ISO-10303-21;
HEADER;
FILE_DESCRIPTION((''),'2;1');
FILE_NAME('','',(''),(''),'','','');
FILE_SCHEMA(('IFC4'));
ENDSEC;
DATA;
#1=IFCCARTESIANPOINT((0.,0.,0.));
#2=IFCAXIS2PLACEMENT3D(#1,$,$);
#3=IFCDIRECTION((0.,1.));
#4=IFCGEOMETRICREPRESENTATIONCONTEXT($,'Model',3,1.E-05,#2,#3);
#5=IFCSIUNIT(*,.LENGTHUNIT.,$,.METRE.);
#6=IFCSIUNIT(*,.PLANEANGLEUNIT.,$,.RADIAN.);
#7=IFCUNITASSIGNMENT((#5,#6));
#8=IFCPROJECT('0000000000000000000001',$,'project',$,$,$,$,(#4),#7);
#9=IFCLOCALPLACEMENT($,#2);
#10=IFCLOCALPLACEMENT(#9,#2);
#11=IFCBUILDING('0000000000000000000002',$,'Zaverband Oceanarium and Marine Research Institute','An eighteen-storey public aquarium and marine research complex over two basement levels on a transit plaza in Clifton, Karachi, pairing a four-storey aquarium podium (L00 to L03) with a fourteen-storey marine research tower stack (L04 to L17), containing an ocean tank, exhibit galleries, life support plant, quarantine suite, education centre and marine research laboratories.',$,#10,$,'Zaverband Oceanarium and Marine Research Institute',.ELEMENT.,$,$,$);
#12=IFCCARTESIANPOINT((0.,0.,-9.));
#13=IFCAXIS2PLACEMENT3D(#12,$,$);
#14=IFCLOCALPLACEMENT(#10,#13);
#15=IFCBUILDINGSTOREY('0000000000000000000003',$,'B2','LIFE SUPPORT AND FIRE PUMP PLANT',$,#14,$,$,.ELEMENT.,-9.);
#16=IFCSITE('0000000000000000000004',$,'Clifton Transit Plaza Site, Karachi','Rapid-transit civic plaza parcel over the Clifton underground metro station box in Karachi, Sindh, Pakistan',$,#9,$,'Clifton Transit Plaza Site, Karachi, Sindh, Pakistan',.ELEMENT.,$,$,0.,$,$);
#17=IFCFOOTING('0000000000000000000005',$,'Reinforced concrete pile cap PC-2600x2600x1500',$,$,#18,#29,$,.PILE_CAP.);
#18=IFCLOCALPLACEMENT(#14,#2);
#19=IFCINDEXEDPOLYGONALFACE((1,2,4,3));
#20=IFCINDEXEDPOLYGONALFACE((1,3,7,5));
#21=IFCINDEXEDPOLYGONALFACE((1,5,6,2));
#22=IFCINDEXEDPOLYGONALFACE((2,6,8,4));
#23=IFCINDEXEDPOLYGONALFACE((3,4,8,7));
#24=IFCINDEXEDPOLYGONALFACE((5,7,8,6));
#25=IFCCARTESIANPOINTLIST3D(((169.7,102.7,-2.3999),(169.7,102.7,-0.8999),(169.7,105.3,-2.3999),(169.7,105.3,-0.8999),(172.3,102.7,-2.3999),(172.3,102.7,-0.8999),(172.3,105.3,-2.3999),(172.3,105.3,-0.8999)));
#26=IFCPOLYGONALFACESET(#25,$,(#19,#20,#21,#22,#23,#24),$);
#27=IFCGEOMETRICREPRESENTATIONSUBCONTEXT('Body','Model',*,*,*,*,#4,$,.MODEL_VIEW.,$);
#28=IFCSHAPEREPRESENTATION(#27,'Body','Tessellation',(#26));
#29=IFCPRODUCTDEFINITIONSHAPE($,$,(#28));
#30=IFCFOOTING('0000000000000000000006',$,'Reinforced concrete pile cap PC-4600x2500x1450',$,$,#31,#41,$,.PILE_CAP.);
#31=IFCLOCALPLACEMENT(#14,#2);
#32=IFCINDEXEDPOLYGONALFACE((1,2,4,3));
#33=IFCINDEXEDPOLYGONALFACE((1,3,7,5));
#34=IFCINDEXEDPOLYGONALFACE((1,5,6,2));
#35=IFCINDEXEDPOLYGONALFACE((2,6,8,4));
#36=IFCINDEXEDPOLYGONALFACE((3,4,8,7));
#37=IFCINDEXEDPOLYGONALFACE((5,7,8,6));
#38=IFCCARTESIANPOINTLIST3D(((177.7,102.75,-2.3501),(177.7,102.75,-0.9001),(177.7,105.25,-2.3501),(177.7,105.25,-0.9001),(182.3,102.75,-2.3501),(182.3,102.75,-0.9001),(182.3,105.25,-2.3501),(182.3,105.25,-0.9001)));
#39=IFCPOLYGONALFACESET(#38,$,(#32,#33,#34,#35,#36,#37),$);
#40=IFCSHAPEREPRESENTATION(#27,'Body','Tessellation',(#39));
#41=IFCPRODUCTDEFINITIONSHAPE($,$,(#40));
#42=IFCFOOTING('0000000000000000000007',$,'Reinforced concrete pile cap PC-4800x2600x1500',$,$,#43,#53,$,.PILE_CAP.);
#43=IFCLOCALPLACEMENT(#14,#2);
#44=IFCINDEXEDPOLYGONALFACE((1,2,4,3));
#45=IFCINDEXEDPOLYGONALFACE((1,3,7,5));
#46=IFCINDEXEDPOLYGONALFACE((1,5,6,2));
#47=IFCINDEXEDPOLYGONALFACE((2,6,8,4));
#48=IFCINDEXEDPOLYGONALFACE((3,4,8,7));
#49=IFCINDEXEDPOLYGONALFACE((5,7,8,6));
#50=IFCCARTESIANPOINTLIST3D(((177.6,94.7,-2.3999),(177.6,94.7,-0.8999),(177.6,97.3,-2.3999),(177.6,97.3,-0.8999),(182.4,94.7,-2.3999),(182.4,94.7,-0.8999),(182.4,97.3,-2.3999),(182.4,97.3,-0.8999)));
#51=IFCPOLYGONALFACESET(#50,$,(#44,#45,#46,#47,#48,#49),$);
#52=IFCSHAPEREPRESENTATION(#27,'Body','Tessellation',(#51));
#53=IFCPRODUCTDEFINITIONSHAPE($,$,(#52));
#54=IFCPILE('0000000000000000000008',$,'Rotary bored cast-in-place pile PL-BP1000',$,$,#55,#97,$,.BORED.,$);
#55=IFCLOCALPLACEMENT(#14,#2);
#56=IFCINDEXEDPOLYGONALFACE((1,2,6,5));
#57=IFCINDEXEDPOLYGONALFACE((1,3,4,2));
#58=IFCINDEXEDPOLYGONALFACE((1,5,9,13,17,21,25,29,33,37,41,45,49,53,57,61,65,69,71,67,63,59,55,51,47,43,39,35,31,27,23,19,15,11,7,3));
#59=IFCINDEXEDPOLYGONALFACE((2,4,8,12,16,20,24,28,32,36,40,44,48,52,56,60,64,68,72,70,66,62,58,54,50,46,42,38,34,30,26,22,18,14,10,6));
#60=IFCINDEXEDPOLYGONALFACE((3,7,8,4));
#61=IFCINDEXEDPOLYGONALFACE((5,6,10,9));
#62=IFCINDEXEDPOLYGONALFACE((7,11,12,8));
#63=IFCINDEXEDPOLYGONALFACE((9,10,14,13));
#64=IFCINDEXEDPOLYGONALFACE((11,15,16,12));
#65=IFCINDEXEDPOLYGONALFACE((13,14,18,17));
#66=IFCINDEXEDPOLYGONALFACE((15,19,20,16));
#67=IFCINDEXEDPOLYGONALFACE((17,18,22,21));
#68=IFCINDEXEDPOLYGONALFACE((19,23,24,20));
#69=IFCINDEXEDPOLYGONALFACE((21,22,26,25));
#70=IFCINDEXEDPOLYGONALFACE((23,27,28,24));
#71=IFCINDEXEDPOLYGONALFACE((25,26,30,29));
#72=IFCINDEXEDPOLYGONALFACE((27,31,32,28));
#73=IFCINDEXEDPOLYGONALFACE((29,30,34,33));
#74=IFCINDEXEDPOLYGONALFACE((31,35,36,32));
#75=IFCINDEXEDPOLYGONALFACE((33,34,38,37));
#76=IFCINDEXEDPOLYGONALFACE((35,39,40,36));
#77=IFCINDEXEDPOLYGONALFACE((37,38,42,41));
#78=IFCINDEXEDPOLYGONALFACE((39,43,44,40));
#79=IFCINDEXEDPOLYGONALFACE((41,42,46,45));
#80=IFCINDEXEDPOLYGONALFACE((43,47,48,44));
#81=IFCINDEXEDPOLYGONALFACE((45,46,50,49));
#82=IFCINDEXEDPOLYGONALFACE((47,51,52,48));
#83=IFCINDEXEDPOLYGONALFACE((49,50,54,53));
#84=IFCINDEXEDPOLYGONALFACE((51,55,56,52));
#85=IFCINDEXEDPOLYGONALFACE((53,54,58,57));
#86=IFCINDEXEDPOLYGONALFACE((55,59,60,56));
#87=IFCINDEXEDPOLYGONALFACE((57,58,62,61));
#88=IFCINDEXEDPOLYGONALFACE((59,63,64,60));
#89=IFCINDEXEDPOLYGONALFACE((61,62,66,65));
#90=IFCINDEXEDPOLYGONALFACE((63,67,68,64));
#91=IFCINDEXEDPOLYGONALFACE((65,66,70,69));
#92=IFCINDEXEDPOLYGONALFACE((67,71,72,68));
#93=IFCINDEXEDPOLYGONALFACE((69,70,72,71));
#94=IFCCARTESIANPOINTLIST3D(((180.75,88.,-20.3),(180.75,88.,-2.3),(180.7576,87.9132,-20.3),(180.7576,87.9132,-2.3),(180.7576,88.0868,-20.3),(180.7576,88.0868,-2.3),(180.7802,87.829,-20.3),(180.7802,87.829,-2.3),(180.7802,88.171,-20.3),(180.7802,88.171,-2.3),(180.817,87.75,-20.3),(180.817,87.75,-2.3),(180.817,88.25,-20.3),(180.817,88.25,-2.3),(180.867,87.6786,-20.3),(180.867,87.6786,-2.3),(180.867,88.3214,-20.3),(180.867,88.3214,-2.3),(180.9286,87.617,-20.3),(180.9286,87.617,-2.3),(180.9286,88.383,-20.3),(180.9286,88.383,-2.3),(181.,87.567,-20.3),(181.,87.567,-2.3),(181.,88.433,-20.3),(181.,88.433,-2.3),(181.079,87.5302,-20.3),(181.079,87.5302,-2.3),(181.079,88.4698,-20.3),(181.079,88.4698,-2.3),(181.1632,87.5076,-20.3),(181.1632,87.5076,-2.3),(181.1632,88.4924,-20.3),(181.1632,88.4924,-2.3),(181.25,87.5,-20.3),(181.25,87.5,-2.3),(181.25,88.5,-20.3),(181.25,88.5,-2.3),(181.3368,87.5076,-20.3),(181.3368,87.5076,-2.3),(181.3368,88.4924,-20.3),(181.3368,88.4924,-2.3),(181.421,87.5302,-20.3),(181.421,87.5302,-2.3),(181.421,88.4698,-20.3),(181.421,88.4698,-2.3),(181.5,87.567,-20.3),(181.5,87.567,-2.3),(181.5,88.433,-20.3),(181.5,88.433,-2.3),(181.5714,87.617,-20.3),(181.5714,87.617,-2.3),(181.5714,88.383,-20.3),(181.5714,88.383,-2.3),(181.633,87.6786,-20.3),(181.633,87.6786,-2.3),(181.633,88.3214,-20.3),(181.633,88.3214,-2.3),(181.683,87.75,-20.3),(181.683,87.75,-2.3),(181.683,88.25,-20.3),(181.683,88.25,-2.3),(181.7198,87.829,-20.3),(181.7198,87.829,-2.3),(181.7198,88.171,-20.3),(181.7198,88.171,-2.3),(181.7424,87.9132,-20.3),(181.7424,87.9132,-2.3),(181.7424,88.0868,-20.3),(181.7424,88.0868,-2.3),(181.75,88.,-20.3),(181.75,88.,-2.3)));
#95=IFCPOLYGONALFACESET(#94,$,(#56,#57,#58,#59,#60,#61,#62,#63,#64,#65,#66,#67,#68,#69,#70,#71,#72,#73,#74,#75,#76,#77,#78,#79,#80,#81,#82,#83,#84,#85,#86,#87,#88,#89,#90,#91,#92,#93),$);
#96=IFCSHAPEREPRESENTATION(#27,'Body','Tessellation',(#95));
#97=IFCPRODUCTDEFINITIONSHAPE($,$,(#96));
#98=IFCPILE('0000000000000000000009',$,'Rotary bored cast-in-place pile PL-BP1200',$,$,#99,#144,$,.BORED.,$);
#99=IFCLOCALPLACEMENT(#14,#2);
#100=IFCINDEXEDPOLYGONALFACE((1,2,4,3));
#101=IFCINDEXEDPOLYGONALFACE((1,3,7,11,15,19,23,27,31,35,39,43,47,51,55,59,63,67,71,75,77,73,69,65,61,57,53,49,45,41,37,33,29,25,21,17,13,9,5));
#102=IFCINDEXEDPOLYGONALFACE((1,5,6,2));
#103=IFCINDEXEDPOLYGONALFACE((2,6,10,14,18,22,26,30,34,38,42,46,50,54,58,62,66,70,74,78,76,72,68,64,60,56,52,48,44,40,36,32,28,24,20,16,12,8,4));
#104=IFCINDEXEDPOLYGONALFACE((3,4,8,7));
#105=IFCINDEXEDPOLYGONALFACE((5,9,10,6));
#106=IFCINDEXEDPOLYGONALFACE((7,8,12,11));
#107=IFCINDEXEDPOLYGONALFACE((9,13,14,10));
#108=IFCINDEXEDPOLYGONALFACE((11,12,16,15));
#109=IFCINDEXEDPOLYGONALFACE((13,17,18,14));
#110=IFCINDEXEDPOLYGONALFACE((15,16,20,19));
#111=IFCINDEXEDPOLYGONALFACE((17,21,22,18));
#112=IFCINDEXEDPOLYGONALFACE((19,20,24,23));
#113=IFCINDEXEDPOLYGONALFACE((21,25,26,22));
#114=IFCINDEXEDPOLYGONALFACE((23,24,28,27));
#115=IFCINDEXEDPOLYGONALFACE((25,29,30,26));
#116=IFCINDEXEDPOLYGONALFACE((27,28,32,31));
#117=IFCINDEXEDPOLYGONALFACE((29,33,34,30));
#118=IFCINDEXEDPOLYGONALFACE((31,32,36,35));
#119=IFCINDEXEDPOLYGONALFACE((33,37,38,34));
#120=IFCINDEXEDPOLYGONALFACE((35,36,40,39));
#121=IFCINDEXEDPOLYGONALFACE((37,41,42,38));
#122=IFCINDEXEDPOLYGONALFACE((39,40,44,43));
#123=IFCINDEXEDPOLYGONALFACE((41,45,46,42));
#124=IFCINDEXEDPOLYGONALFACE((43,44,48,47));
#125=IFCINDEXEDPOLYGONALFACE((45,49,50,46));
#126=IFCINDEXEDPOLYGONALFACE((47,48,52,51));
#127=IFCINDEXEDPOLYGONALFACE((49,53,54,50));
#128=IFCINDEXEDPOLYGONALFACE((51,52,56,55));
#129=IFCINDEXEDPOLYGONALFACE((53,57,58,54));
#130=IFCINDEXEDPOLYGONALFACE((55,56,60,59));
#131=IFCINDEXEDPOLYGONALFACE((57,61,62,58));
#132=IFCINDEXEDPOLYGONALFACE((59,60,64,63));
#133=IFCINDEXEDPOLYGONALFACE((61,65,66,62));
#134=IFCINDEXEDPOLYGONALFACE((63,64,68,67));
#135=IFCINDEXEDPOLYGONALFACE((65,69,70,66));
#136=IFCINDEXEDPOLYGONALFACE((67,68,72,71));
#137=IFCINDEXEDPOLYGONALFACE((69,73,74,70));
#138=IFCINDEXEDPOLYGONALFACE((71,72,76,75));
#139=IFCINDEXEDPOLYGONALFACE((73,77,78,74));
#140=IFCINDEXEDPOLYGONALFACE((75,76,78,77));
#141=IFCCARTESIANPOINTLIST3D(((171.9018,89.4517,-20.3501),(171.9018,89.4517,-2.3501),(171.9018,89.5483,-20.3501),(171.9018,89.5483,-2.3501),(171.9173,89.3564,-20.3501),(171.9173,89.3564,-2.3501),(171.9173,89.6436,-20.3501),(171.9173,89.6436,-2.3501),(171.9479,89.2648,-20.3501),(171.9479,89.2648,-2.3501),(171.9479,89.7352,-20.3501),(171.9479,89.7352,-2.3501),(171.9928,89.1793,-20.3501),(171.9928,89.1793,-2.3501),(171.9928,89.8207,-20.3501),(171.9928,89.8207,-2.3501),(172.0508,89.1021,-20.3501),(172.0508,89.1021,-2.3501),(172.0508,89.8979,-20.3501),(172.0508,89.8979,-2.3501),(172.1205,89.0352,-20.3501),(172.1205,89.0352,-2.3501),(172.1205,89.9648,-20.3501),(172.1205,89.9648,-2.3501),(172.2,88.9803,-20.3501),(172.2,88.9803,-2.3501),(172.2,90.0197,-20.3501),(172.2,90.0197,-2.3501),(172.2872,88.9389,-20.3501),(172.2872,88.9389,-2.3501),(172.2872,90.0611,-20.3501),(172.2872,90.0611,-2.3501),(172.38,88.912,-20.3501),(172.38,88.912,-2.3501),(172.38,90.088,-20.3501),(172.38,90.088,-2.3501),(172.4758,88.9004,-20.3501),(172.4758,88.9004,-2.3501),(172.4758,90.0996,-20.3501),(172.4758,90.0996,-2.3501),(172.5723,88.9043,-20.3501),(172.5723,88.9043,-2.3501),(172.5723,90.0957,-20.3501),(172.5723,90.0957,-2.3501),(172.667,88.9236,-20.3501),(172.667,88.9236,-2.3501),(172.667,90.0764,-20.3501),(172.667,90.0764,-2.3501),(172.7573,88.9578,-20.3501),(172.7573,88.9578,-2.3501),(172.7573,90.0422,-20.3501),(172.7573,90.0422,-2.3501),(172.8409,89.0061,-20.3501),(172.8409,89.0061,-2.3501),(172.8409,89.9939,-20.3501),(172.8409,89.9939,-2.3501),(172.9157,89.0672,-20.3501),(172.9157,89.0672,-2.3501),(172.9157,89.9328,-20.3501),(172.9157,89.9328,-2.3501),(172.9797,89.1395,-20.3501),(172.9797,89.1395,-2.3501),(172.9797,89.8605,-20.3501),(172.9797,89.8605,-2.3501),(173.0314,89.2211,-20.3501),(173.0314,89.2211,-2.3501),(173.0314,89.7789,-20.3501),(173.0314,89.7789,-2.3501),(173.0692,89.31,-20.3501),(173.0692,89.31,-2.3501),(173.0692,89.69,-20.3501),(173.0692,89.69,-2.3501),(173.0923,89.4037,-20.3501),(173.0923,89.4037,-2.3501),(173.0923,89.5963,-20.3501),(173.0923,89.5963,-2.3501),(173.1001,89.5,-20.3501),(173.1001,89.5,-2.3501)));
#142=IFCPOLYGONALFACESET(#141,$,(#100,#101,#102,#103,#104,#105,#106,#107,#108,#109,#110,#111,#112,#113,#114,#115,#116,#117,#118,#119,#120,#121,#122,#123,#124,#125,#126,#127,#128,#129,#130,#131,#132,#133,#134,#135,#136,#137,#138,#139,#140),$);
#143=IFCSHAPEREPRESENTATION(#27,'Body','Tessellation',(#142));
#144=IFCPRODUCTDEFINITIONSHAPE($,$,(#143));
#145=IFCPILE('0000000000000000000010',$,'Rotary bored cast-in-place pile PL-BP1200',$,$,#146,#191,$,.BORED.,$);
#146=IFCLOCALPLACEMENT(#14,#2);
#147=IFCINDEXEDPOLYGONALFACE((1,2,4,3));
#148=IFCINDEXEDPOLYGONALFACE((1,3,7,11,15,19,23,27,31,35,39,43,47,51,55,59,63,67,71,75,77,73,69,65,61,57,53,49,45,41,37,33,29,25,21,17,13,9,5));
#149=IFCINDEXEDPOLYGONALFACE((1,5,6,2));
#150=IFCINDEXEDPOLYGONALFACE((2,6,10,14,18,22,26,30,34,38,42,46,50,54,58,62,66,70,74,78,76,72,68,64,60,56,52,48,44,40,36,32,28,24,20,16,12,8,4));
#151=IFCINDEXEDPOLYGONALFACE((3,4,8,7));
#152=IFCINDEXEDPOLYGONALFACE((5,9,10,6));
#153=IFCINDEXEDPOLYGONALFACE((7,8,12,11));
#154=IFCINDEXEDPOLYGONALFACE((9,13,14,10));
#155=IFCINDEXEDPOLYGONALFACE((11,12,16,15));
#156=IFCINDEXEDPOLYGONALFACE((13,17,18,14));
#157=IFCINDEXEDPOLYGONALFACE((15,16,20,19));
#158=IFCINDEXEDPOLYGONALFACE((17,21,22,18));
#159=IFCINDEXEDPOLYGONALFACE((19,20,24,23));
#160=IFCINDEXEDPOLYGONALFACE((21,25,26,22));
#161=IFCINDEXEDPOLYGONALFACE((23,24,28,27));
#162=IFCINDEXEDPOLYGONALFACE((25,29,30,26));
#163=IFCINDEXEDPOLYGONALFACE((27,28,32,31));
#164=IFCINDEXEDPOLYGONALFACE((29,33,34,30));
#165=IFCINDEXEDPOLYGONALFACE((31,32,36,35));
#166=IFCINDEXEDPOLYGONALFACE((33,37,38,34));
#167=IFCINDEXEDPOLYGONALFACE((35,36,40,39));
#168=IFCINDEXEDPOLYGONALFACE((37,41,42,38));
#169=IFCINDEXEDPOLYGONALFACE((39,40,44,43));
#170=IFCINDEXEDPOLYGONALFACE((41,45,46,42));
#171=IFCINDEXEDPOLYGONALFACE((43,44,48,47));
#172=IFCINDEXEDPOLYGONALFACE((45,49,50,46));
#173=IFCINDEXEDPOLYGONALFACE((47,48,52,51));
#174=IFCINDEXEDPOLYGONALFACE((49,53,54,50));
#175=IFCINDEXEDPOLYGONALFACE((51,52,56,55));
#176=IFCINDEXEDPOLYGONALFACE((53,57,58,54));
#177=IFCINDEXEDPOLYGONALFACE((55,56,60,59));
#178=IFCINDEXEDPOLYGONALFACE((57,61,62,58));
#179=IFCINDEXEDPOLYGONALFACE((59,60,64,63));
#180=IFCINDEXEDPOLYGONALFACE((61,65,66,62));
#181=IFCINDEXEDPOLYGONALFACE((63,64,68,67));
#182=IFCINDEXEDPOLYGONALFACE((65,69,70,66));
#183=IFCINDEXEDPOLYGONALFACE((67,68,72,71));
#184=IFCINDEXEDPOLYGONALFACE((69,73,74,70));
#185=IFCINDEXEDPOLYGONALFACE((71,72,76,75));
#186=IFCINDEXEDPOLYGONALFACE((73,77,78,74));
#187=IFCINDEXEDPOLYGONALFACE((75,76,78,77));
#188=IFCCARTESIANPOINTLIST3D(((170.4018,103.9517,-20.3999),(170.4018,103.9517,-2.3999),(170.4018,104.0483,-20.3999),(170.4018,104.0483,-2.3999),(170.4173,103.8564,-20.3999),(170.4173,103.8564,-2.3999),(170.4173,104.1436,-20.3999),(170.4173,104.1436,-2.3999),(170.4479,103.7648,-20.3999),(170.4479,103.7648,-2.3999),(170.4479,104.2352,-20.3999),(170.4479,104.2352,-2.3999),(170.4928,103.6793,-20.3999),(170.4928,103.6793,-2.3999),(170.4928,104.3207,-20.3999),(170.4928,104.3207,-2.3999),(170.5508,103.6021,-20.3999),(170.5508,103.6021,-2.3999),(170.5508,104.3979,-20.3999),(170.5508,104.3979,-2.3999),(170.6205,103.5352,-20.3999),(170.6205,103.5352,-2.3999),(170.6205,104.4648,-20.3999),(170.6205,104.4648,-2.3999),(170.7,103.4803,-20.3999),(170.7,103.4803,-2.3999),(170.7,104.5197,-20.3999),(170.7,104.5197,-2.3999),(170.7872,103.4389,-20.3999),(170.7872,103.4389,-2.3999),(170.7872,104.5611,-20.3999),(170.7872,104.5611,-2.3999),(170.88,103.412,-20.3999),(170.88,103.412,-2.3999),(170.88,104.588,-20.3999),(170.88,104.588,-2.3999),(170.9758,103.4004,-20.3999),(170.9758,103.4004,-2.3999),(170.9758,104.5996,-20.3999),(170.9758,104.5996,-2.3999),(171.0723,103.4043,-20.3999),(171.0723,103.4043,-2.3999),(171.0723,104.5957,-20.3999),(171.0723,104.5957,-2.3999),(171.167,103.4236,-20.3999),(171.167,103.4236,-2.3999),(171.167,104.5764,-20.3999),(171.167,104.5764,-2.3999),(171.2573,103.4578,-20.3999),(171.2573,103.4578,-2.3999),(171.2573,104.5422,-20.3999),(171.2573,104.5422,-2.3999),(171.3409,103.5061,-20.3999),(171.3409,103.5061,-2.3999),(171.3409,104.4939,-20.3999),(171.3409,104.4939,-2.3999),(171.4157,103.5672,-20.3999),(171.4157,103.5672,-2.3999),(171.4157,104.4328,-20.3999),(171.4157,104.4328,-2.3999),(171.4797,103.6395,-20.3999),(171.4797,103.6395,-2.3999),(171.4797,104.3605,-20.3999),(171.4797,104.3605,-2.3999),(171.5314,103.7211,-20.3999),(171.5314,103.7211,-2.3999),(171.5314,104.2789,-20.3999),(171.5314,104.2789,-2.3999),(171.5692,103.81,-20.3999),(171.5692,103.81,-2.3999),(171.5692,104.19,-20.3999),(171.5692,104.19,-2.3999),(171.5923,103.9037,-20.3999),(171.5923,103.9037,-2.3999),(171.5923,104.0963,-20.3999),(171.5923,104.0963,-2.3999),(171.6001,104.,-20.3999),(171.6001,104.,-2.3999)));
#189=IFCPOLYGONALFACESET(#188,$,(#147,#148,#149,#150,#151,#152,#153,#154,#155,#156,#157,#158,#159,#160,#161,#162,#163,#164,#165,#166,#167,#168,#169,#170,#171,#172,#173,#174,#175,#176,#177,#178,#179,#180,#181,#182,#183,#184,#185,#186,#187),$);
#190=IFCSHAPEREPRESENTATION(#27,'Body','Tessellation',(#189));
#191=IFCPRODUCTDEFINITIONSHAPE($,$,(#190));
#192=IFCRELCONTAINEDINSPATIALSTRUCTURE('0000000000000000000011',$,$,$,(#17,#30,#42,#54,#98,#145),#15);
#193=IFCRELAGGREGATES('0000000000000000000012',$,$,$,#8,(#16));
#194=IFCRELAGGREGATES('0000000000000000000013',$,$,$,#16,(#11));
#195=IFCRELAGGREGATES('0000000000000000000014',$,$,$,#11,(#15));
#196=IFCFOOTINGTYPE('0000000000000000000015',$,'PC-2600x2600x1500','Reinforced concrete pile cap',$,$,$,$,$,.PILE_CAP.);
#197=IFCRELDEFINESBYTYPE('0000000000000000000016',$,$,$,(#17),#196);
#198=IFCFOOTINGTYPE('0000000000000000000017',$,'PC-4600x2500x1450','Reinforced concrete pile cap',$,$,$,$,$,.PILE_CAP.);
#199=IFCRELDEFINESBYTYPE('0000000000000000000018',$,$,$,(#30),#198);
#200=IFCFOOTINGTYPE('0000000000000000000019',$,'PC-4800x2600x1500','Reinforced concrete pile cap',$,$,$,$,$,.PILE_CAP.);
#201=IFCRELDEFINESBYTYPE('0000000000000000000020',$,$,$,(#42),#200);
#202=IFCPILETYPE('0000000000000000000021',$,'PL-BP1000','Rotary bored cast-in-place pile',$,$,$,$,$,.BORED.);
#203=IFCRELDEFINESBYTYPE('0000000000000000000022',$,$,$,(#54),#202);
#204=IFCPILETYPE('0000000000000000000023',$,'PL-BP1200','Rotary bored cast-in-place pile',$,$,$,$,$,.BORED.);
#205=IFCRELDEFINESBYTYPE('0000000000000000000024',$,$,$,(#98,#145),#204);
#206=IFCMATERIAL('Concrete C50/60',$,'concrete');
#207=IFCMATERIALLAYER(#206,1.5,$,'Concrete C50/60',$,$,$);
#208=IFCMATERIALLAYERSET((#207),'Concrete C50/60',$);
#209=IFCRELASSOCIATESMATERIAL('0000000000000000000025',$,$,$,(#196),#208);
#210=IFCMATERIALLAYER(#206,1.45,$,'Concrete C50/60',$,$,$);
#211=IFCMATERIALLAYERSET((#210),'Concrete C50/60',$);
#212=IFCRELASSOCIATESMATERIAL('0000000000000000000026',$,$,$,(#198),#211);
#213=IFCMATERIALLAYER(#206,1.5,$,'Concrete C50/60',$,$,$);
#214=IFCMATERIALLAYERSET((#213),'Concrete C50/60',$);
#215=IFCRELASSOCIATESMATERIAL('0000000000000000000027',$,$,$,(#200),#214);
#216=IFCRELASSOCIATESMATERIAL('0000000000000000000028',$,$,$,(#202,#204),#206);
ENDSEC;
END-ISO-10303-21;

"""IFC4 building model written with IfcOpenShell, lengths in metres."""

from ifc_helpers import new_model, si_unit, direction, frame, origin, origin_2d, place, context, subcontext, project, spatial, rectangle, circle, extrude, material, layer, layer_set, material_profile, profile_set, type_object, element, save


model = new_model("IFC4")

# Units and contexts
model_context = context("Model", 3, precision=1e-05, world=origin(), true_north=direction((0.0, 1.0)))
body_context = subcontext(model_context, "Body", "Model", "MODEL_VIEW")
ifc_project = project(units=[si_unit("LENGTHUNIT", "METRE"), si_unit("PLANEANGLEUNIT", "RADIAN")], contexts=[model_context])

# Site, building, storey
site_placement = place(None, origin())
site = spatial("IfcSite", under=ifc_project, at=site_placement, Name="Clifton Transit Plaza Site, Karachi", Description="Rapid-transit civic plaza parcel over the Clifton underground metro station box in Karachi, Sindh, Pakistan", LongName="Clifton Transit Plaza Site, Karachi, Sindh, Pakistan", CompositionType="ELEMENT", RefElevation=0.0)
building_placement = place(site_placement, origin())
building = spatial("IfcBuilding", under=site, at=building_placement, Name="Zaverband Oceanarium and Marine Research Institute", Description="An eighteen-storey public aquarium and marine research complex over two basement levels on a transit plaza in Clifton, Karachi, pairing a four-storey aquarium podium (L00 to L03) with a fourteen-storey marine research tower stack (L04 to L17), containing an ocean tank, exhibit galleries, life support plant, quarantine suite, education centre and marine research laboratories.", LongName="Zaverband Oceanarium and Marine Research Institute", CompositionType="ELEMENT")
storey_placement = place(building_placement, frame((0.0, 0.0, -9.0)))
storey = spatial("IfcBuildingStorey", under=building, at=storey_placement, Name="B2", Description="LIFE SUPPORT AND FIRE PUMP PLANT", CompositionType="ELEMENT", Elevation=-9.0)

# Footings
ifc_material_1 = material(Name="Concrete C50/60", Category="concrete")
ifc_layer_1 = layer(ifc_material_1, 1.5, Name="Concrete C50/60")
ifc_layer_set_1 = layer_set([ifc_layer_1], Name="Concrete C50/60")
footing_type_1 = type_object("IfcFootingType", Name="PC-2600x2600x1500", Description="Reinforced concrete pile cap", PredefinedType="PILE_CAP", material=ifc_layer_set_1)
footing_1_placement = place(storey_placement, frame((171.0, 104.0, -2.3999), z_axis=(0.0, 0.0, 1.0), x_axis=(1.0, 0.0, 0.0)))
element("IfcFooting", 1, at=footing_1_placement, inside=storey, type_object=footing_type_1, Name="Reinforced concrete pile cap PC-2600x2600x1500", PredefinedType="PILE_CAP", context=body_context, shape_type="SweptSolid", body=[
    extrude(rectangle(XDim=2.6001, YDim=2.6001, at=origin_2d()), origin(), (0.0, 0.0, 1.0), 1.5),
])
ifc_layer_2 = layer(ifc_material_1, 1.45, Name="Concrete C50/60")
ifc_layer_set_2 = layer_set([ifc_layer_2], Name="Concrete C50/60")
footing_type_2 = type_object("IfcFootingType", Name="PC-4600x2500x1450", Description="Reinforced concrete pile cap", PredefinedType="PILE_CAP", material=ifc_layer_set_2)
footing_2_placement = place(storey_placement, frame((180.0, 104.0, -2.3501), z_axis=(0.0, 0.0, 1.0), x_axis=(1.0, 0.0, 0.0)))
element("IfcFooting", 2, at=footing_2_placement, inside=storey, type_object=footing_type_2, Name="Reinforced concrete pile cap PC-4600x2500x1450", PredefinedType="PILE_CAP", context=body_context, shape_type="SweptSolid", body=[
    extrude(rectangle(XDim=4.6001, YDim=2.5, at=origin_2d()), origin(), (0.0, 0.0, 1.0), 1.45),
])
ifc_layer_3 = layer(ifc_material_1, 1.5, Name="Concrete C50/60")
ifc_layer_set_3 = layer_set([ifc_layer_3], Name="Concrete C50/60")
footing_type_3 = type_object("IfcFootingType", Name="PC-4800x2600x1500", Description="Reinforced concrete pile cap", PredefinedType="PILE_CAP", material=ifc_layer_set_3)
footing_3_placement = place(storey_placement, frame((180.0, 96.0, -2.3999), z_axis=(0.0, 0.0, 1.0), x_axis=(1.0, 0.0, 0.0)))
element("IfcFooting", 3, at=footing_3_placement, inside=storey, type_object=footing_type_3, Name="Reinforced concrete pile cap PC-4800x2600x1500", PredefinedType="PILE_CAP", context=body_context, shape_type="SweptSolid", body=[
    extrude(rectangle(XDim=4.8, YDim=2.6001, at=origin_2d()), origin(), (0.0, 0.0, 1.0), 1.5),
])

# Piles
ifc_material_profile_1 = material_profile(ifc_material_1, circle(Radius=0.5, at=origin_2d()), Name="BP1000")
ifc_profile_set_1 = profile_set([ifc_material_profile_1], Name="Concrete C50/60")
pile_type_1 = type_object("IfcPileType", Name="PL-BP1000", Description="Rotary bored cast-in-place pile", PredefinedType="BORED", material=ifc_profile_set_1)
pile_placement = place(storey_placement, frame((181.25, 88.0, -2.3), z_axis=(0.0, 0.0, -1.0), x_axis=(1.0, 0.0, 0.0)))
element("IfcPile", 4, at=pile_placement, inside=storey, type_object=pile_type_1, Name="Rotary bored cast-in-place pile PL-BP1000", PredefinedType="BORED", context=body_context, shape_type="SweptSolid", body=[
    extrude(circle(Radius=0.5, at=origin_2d()), origin(), (0.0, 0.0, 1.0), 18.0),
])
ifc_material_profile_2 = material_profile(ifc_material_1, circle(Radius=0.6001, at=origin_2d()), Name="BP1200")
ifc_profile_set_2 = profile_set([ifc_material_profile_2], Name="Concrete C50/60")
pile_type_2 = type_object("IfcPileType", Name="PL-BP1200", Description="Rotary bored cast-in-place pile", PredefinedType="BORED", material=ifc_profile_set_2)
for number, where, z_axis, x_axis, name in (
    (5, (172.5, 89.5, -2.3501), (0.0, 0.0, -1.0), (1.0, 0.0, 0.0), "Rotary bored cast-in-place pile PL-BP1200"),
    (6, (171.0, 104.0, -2.3999), (0.0, 0.0, -1.0), (1.0, 0.0, 0.0), "Rotary bored cast-in-place pile PL-BP1200"),
):
    element("IfcPile", number, at=place(storey_placement, frame(where, z_axis=z_axis, x_axis=x_axis)), inside=storey, type_object=pile_type_2, Name=name, PredefinedType="BORED", context=body_context, shape_type="SweptSolid", body=[
        extrude(circle(Radius=0.6001, at=origin_2d()), origin(), (0.0, 0.0, 1.0), 18.0),
    ])

save(model, "model.ifc")
